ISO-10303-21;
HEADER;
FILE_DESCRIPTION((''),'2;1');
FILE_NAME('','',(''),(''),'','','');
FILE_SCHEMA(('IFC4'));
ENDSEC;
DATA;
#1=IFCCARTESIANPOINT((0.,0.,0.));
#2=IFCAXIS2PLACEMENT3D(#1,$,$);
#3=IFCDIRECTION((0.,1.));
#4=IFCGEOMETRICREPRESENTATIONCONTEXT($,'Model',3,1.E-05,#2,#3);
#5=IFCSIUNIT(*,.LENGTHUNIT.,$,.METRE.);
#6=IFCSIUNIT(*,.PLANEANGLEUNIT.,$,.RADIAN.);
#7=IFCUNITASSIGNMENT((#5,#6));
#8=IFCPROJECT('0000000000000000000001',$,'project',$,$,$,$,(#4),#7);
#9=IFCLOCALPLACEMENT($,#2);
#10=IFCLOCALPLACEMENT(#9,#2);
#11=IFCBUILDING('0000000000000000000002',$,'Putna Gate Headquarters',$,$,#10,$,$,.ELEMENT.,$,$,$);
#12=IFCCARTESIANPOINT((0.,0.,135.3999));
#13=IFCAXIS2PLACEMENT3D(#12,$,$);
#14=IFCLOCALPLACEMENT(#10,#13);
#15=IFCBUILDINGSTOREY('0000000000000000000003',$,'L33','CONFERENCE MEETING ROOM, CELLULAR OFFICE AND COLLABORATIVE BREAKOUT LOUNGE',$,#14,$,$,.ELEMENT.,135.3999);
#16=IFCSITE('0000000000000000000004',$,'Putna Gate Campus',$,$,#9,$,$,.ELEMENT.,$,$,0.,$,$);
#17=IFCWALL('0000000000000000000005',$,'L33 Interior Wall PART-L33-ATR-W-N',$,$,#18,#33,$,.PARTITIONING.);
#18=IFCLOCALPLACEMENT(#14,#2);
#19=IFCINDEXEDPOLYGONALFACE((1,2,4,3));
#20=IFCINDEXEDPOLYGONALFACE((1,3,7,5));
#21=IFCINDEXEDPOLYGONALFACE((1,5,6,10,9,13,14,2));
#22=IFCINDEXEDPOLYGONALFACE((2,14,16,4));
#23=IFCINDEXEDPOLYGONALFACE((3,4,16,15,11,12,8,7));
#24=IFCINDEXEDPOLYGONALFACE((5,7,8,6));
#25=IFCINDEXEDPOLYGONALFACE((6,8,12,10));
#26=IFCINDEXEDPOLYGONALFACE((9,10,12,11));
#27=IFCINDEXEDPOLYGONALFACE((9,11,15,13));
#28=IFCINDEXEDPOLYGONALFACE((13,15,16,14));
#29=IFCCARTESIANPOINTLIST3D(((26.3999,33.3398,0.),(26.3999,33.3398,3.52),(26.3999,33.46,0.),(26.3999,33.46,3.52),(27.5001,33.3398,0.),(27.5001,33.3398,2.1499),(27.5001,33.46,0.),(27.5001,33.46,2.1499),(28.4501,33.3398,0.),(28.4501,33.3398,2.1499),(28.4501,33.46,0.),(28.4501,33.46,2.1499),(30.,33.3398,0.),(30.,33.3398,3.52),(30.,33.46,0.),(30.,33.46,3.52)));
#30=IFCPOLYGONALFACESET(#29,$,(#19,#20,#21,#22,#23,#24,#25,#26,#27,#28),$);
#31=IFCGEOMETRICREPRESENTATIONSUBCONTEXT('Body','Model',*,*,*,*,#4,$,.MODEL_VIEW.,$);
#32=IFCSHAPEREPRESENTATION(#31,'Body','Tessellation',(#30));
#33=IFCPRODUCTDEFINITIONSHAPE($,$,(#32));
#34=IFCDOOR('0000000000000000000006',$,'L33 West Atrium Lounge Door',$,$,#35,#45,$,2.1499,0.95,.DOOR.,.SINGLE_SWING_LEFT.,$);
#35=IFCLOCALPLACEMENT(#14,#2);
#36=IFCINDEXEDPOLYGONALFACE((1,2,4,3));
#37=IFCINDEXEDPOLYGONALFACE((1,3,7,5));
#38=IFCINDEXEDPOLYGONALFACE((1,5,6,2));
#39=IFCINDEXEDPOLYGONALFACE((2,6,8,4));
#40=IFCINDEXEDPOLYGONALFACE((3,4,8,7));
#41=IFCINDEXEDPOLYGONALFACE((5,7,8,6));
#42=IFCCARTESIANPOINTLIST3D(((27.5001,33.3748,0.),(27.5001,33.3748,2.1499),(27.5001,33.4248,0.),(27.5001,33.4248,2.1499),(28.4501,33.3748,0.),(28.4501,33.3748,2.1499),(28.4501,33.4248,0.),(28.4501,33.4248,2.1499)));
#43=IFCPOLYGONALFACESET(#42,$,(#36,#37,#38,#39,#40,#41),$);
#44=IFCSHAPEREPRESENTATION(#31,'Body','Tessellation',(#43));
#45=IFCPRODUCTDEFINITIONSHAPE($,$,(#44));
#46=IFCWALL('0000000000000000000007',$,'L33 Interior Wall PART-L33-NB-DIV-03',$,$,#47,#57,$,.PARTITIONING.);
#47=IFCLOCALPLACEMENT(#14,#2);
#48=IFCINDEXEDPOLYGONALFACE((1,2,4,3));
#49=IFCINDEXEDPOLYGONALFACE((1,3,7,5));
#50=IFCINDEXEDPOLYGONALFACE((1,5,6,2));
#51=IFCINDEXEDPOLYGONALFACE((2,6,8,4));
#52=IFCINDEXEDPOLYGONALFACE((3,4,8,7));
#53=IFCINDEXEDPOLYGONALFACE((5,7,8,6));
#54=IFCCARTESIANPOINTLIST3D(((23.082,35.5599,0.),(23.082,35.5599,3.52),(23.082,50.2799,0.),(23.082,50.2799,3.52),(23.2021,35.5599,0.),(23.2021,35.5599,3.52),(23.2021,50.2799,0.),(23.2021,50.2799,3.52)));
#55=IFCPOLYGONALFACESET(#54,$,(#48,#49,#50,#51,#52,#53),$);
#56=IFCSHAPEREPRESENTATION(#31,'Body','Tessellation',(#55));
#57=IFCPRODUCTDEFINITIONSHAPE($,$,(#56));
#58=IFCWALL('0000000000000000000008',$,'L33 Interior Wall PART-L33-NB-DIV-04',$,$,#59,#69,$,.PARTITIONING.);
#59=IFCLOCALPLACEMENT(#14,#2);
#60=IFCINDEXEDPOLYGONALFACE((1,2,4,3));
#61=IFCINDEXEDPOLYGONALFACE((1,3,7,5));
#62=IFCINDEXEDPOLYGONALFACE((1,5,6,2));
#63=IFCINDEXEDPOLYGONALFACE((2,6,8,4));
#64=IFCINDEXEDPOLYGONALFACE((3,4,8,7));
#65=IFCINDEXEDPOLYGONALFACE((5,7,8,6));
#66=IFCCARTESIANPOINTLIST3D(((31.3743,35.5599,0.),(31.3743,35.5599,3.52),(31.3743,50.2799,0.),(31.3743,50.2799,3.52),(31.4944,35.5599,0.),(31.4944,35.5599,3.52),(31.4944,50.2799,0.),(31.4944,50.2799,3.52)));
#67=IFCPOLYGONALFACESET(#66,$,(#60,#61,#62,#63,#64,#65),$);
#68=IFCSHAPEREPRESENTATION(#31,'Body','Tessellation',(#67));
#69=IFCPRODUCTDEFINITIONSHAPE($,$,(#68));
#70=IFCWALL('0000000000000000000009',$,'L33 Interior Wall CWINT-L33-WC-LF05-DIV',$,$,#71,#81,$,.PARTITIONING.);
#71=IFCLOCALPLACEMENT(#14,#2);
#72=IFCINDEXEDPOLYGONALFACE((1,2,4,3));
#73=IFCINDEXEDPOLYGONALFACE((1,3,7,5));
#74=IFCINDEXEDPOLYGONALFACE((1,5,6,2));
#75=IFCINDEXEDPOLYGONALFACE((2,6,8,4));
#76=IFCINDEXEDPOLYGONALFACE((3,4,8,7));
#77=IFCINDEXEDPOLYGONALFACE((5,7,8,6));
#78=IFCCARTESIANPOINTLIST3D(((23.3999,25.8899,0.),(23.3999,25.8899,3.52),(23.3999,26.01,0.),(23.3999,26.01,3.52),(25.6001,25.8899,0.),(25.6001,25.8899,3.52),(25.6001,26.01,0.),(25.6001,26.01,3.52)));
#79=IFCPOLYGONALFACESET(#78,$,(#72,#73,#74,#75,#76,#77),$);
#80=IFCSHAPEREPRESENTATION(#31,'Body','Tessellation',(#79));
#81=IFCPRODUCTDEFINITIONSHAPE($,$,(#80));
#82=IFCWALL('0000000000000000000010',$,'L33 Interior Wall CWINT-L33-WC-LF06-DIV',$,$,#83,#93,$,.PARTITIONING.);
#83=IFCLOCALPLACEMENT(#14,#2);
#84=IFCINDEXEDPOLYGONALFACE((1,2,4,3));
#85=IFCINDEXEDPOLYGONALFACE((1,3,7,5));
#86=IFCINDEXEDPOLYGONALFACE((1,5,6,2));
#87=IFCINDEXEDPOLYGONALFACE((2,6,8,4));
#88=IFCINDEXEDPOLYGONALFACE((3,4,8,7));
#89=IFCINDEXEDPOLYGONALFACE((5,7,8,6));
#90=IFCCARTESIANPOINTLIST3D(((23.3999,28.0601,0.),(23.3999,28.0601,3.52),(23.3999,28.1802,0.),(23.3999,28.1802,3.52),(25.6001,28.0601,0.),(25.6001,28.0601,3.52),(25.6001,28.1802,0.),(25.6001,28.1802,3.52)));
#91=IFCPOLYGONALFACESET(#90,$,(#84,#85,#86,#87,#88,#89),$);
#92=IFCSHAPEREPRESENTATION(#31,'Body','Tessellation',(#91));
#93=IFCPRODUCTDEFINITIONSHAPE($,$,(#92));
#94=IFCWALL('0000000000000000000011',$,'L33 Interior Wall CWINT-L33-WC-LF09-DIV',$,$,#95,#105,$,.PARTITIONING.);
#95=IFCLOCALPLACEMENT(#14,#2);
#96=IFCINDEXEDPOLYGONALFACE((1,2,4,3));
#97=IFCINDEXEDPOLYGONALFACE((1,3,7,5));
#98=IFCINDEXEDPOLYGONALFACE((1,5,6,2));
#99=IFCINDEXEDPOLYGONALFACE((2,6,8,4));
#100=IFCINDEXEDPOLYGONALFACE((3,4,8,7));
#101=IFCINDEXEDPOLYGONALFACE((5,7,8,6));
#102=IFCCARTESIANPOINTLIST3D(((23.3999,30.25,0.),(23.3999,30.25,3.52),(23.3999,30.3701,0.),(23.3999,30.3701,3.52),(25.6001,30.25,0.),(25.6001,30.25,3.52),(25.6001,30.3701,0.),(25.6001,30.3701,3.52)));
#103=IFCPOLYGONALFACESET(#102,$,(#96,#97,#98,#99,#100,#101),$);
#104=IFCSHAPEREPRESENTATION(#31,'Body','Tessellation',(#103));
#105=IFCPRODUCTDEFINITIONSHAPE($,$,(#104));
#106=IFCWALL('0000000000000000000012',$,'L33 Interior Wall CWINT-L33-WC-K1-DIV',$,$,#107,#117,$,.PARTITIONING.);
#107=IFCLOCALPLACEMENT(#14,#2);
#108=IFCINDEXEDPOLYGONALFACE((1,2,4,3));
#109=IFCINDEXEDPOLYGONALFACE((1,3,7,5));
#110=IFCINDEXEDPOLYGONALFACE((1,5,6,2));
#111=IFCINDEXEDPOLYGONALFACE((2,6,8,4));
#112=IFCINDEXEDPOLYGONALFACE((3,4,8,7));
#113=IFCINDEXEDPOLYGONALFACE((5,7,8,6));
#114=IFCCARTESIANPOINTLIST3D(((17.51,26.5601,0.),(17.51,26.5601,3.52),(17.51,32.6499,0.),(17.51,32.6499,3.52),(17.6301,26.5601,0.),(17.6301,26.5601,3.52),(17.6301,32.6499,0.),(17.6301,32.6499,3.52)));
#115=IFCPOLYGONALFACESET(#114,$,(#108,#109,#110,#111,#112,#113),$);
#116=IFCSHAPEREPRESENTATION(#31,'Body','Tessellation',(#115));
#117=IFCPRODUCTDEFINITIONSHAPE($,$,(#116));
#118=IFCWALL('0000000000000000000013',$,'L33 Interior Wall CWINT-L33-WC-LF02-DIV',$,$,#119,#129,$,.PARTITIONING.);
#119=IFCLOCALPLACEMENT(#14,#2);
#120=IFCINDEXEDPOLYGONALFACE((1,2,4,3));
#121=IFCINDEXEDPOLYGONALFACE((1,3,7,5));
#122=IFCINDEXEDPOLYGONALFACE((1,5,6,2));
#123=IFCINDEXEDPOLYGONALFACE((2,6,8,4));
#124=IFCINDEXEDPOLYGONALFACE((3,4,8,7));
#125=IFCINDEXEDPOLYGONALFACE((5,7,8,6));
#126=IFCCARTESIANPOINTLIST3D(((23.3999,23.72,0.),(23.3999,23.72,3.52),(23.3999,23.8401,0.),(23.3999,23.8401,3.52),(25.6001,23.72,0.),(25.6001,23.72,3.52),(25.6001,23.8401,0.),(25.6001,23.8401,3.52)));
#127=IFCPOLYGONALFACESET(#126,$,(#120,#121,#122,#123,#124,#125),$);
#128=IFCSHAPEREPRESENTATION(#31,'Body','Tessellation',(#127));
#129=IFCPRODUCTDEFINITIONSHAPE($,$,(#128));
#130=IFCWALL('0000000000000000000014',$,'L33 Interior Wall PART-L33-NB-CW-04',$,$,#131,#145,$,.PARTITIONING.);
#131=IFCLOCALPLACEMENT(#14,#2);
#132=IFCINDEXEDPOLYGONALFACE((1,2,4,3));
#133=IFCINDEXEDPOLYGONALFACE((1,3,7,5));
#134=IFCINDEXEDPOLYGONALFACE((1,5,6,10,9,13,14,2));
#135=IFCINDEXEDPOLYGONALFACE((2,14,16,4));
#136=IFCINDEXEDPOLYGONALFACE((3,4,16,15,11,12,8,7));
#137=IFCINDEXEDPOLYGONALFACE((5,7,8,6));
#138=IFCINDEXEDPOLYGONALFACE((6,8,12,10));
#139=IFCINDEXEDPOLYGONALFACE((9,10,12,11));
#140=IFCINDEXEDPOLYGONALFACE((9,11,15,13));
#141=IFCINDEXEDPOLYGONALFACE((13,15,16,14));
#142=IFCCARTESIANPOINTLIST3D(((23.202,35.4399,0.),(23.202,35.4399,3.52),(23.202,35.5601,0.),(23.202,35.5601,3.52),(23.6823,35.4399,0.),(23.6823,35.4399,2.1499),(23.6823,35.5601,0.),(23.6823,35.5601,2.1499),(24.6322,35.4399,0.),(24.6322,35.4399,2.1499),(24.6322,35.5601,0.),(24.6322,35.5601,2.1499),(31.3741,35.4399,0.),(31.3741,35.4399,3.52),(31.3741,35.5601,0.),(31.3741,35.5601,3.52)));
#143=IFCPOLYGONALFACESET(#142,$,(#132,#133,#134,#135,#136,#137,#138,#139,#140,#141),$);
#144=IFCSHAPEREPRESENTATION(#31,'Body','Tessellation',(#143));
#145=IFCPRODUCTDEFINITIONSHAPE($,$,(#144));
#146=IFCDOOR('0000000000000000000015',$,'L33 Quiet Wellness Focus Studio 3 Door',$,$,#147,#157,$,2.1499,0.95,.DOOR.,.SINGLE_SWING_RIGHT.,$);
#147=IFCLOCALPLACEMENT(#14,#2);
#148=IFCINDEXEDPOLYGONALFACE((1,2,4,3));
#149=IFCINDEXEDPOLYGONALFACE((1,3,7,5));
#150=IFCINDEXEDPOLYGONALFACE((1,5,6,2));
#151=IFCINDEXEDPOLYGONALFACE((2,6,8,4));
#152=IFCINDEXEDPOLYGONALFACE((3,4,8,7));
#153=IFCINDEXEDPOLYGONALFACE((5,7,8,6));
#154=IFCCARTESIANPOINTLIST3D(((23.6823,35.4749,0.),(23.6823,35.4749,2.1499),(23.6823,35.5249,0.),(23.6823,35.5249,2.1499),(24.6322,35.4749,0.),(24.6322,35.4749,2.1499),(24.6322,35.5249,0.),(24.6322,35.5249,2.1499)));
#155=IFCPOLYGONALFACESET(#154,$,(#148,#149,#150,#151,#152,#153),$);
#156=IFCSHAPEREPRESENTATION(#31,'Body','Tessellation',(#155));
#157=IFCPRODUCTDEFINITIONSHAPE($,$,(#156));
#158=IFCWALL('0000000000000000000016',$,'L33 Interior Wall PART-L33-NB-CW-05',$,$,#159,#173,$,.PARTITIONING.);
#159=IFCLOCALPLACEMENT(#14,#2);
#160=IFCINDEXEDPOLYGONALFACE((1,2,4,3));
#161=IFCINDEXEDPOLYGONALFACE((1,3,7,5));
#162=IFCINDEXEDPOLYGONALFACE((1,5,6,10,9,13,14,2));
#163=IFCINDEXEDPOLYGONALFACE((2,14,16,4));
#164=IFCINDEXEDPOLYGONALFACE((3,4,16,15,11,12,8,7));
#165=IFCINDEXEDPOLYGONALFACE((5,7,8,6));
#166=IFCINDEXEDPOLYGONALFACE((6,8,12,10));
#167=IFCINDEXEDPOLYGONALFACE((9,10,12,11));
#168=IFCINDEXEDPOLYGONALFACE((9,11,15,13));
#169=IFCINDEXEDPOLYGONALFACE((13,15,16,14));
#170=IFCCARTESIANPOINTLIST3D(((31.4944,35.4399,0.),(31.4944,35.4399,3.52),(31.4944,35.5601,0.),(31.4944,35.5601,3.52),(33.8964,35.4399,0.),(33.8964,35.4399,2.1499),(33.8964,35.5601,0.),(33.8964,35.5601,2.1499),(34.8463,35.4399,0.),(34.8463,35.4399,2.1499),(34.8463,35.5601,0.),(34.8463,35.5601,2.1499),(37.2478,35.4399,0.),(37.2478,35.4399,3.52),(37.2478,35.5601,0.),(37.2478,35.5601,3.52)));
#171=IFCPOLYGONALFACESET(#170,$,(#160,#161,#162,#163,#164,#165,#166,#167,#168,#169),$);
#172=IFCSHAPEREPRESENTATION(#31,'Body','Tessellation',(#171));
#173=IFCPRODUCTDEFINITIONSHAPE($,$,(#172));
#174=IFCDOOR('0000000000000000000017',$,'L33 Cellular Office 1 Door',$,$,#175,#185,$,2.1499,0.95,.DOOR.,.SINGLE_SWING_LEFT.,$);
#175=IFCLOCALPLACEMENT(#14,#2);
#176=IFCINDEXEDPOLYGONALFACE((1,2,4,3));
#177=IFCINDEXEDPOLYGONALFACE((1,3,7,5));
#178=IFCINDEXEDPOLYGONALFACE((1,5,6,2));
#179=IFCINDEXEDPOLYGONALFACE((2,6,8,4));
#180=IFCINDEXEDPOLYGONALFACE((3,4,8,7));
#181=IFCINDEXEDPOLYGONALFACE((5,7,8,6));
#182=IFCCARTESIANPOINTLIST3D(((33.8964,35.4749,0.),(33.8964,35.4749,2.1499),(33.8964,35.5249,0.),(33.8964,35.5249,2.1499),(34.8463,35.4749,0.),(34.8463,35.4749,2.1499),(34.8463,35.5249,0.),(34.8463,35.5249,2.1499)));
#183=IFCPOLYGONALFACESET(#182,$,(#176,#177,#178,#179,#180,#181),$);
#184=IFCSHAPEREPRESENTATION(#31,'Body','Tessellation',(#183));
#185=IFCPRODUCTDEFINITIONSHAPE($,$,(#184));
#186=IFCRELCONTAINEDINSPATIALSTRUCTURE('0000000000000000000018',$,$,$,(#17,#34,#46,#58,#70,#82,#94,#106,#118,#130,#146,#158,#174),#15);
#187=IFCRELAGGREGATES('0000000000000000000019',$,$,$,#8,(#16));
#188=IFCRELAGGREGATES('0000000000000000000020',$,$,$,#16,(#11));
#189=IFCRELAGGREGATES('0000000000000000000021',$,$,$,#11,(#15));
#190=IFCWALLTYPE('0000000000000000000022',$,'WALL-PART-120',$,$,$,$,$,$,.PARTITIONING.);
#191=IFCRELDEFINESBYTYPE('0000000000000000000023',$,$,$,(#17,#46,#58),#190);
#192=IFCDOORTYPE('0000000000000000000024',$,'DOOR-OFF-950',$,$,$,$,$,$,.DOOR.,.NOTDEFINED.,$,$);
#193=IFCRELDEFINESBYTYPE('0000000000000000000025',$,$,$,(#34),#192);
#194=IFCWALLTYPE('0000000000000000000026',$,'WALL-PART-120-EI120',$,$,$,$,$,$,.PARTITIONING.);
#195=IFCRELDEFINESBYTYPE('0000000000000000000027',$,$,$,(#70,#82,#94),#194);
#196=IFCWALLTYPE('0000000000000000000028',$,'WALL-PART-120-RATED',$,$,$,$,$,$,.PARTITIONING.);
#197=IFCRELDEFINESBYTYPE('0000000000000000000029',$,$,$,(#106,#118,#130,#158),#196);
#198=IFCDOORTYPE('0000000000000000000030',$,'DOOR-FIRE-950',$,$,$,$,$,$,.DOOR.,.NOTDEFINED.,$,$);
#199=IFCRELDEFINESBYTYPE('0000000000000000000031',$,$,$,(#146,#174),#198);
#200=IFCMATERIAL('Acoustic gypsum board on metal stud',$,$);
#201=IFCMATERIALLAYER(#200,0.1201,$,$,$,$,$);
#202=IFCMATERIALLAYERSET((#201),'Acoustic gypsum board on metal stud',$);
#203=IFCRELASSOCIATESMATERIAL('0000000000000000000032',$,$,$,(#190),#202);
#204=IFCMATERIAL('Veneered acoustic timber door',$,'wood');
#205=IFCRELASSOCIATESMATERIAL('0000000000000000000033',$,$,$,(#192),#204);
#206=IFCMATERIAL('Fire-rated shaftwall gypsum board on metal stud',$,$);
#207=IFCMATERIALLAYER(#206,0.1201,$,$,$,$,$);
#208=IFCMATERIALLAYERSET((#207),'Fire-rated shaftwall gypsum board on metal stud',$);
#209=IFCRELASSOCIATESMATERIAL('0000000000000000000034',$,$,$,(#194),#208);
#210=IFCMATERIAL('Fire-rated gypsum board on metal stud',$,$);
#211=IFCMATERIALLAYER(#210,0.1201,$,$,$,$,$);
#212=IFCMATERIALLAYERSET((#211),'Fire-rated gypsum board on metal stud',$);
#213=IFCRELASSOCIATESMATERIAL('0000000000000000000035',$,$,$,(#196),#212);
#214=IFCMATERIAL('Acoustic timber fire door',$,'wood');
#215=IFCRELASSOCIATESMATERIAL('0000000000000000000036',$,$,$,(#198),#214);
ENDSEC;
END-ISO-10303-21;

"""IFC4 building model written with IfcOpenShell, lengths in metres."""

from ifc_helpers import new_model, si_unit, direction, frame, frame_2d, origin, place, context, subcontext, project, spatial, rectangle, extrude, material, layer, layer_set, type_object, element, fill, save


model = new_model("IFC4")

# Units and contexts
model_context = context("Model", 3, precision=1e-05, world=origin(), true_north=direction((0.0, 1.0)))
body_context = subcontext(model_context, "Body", "Model", "MODEL_VIEW")
ifc_project = project(units=[si_unit("LENGTHUNIT", "METRE"), si_unit("PLANEANGLEUNIT", "RADIAN")], contexts=[model_context])

# Site, building, storey
site_placement = place(None, origin())
site = spatial("IfcSite", under=ifc_project, at=site_placement, Name="Putna Gate Campus", CompositionType="ELEMENT", RefElevation=0.0)
building_placement = place(site_placement, origin())
building = spatial("IfcBuilding", under=site, at=building_placement, Name="Putna Gate Headquarters", CompositionType="ELEMENT")
storey_placement = place(building_placement, frame((0.0, 0.0, 135.3999)))
storey = spatial("IfcBuildingStorey", under=building, at=storey_placement, Name="L33", Description="CONFERENCE MEETING ROOM, CELLULAR OFFICE AND COLLABORATIVE BREAKOUT LOUNGE", CompositionType="ELEMENT", Elevation=135.3999)

# Wall, opening, door
ifc_material_1 = material(Name="Acoustic gypsum board on metal stud")
ifc_layer_1 = layer(ifc_material_1, 0.1201)
ifc_layer_set_1 = layer_set([ifc_layer_1], Name="Acoustic gypsum board on metal stud")
wall_type_1 = type_object("IfcWallType", Name="WALL-PART-120", PredefinedType="PARTITIONING", material=ifc_layer_set_1)
wall_1_placement = place(storey_placement, frame((26.3999, 33.3999, 0.0), z_axis=(0.0, 0.0, 1.0), x_axis=(1.0, 0.0, 0.0)))
wall_1 = element("IfcWall", 1, at=wall_1_placement, inside=storey, type_object=wall_type_1, Name="L33 Interior Wall PART-L33-ATR-W-N", PredefinedType="PARTITIONING", context=body_context, shape_type="SweptSolid", body=[
    extrude(rectangle(XDim=3.6001, YDim=0.1201, at=frame_2d((1.8, 0.0))), origin(), (0.0, 0.0, 1.0), 3.52),
])
opening_1_placement = place(wall_1_placement, frame((1.1001, 0.0, 0.0)))
opening_1 = element("IfcOpeningElement", 2, at=opening_1_placement, cuts=wall_1, PredefinedType="OPENING", context=body_context, shape_type="SweptSolid", body=[
    extrude(rectangle(XDim=0.95, YDim=2.1499, at=frame_2d((0.4751, 1.075))), frame((0.0, 0.0701, 0.0), z_axis=(0.0, -1.0, 0.0), x_axis=(1.0, 0.0, 0.0)), (0.0, 0.0, 1.0), 0.1401),
])
ifc_material_2 = material(Name="Veneered acoustic timber door", Category="wood")
door_type_1 = type_object("IfcDoorType", Name="DOOR-OFF-950", OperationType="NOTDEFINED", PredefinedType="DOOR", material=ifc_material_2)
door_1_placement = place(opening_1_placement, origin())
door_1 = element("IfcDoor", 3, at=door_1_placement, inside=storey, type_object=door_type_1, Name="L33 West Atrium Lounge Door", OperationType="SINGLE_SWING_LEFT", OverallHeight=2.1499, OverallWidth=0.95, PredefinedType="DOOR", context=body_context, shape_type="SweptSolid", body=[
    extrude(rectangle(XDim=0.95, YDim=2.1499, at=frame_2d((0.4751, 1.075))), frame((0.0, 0.0249, 0.0), z_axis=(0.0, -1.0, 0.0), x_axis=(1.0, 0.0, 0.0)), (0.0, 0.0, 1.0), 0.05),
])
fill(opening_1, door_1)

# Walls
for number, where, z_axis, x_axis, name in (
    (4, (23.1421, 35.5601, 0.0), (0.0, 0.0, 1.0), (0.0, 1.0, 0.0), "L33 Interior Wall PART-L33-NB-DIV-03"),
    (5, (31.4343, 35.5601, 0.0), (0.0, 0.0, 1.0), (0.0, 1.0, 0.0), "L33 Interior Wall PART-L33-NB-DIV-04"),
):
    element("IfcWall", number, at=place(storey_placement, frame(where, z_axis=z_axis, x_axis=x_axis)), inside=storey, type_object=wall_type_1, Name=name, PredefinedType="PARTITIONING", context=body_context, shape_type="SweptSolid", body=[
        extrude(rectangle(XDim=14.72, YDim=0.1201, at=frame_2d((7.3599, 0.0))), origin(), (0.0, 0.0, 1.0), 3.52),
    ])
ifc_material_3 = material(Name="Fire-rated shaftwall gypsum board on metal stud")
ifc_layer_2 = layer(ifc_material_3, 0.1201)
ifc_layer_set_2 = layer_set([ifc_layer_2], Name="Fire-rated shaftwall gypsum board on metal stud")
wall_type_2 = type_object("IfcWallType", Name="WALL-PART-120-EI120", PredefinedType="PARTITIONING", material=ifc_layer_set_2)
for number, where, z_axis, x_axis, name in (
    (6, (23.3999, 25.95, 0.0), (0.0, 0.0, 1.0), (1.0, 0.0, 0.0), "L33 Interior Wall CWINT-L33-WC-LF05-DIV"),
    (7, (23.3999, 28.1201, 0.0), (0.0, 0.0, 1.0), (1.0, 0.0, 0.0), "L33 Interior Wall CWINT-L33-WC-LF06-DIV"),
    (8, (23.3999, 30.3101, 0.0), (0.0, 0.0, 1.0), (1.0, 0.0, 0.0), "L33 Interior Wall CWINT-L33-WC-LF09-DIV"),
):
    element("IfcWall", number, at=place(storey_placement, frame(where, z_axis=z_axis, x_axis=x_axis)), inside=storey, type_object=wall_type_2, Name=name, PredefinedType="PARTITIONING", context=body_context, shape_type="SweptSolid", body=[
        extrude(rectangle(XDim=2.2002, YDim=0.1201, at=frame_2d((1.1001, 0.0))), origin(), (0.0, 0.0, 1.0), 3.52),
    ])
ifc_material_4 = material(Name="Fire-rated gypsum board on metal stud")
ifc_layer_3 = layer(ifc_material_4, 0.1201)
ifc_layer_set_3 = layer_set([ifc_layer_3], Name="Fire-rated gypsum board on metal stud")
wall_type_3 = type_object("IfcWallType", Name="WALL-PART-120-RATED", PredefinedType="PARTITIONING", material=ifc_layer_set_3)
wall_2_placement = place(storey_placement, frame((17.5701, 26.5601, 0.0), z_axis=(0.0, 0.0, 1.0), x_axis=(0.0, 1.0, 0.0)))
element("IfcWall", 9, at=wall_2_placement, inside=storey, type_object=wall_type_3, Name="L33 Interior Wall CWINT-L33-WC-K1-DIV", PredefinedType="PARTITIONING", context=body_context, shape_type="SweptSolid", body=[
    extrude(rectangle(XDim=6.0898, YDim=0.1201, at=frame_2d((3.0449, 0.0))), origin(), (0.0, 0.0, 1.0), 3.52),
])
wall_3_placement = place(storey_placement, frame((23.3999, 23.78, 0.0), z_axis=(0.0, 0.0, 1.0), x_axis=(1.0, 0.0, 0.0)))
element("IfcWall", 10, at=wall_3_placement, inside=storey, type_object=wall_type_3, Name="L33 Interior Wall CWINT-L33-WC-LF02-DIV", PredefinedType="PARTITIONING", context=body_context, shape_type="SweptSolid", body=[
    extrude(rectangle(XDim=2.2002, YDim=0.1201, at=frame_2d((1.1001, 0.0))), origin(), (0.0, 0.0, 1.0), 3.52),
])

# Walls, openings, doors
wall_4_placement = place(storey_placement, frame((23.2021, 35.5, 0.0), z_axis=(0.0, 0.0, 1.0), x_axis=(1.0, 0.0, 0.0)))
wall_4 = element("IfcWall", 11, at=wall_4_placement, inside=storey, type_object=wall_type_3, Name="L33 Interior Wall PART-L33-NB-CW-04", PredefinedType="PARTITIONING", context=body_context, shape_type="SweptSolid", body=[
    extrude(rectangle(XDim=8.1721, YDim=0.1201, at=frame_2d((4.0859, 0.0))), origin(), (0.0, 0.0, 1.0), 3.52),
])
opening_2_placement = place(wall_4_placement, frame((0.48, 0.0, 0.0)))
opening_2 = element("IfcOpeningElement", 12, at=opening_2_placement, cuts=wall_4, PredefinedType="OPENING", context=body_context, shape_type="SweptSolid", body=[
    extrude(rectangle(XDim=0.95, YDim=2.1499, at=frame_2d((0.4751, 1.075))), frame((0.0, 0.0701, 0.0), z_axis=(0.0, -1.0, 0.0), x_axis=(1.0, 0.0, 0.0)), (0.0, 0.0, 1.0), 0.1401),
])
ifc_material_5 = material(Name="Acoustic timber fire door", Category="wood")
door_type_2 = type_object("IfcDoorType", Name="DOOR-FIRE-950", OperationType="NOTDEFINED", PredefinedType="DOOR", material=ifc_material_5)
door_2_placement = place(opening_2_placement, origin())
door_2 = element("IfcDoor", 13, at=door_2_placement, inside=storey, type_object=door_type_2, Name="L33 Quiet Wellness Focus Studio 3 Door", OperationType="SINGLE_SWING_RIGHT", OverallHeight=2.1499, OverallWidth=0.95, PredefinedType="DOOR", context=body_context, shape_type="SweptSolid", body=[
    extrude(rectangle(XDim=0.95, YDim=2.1499, at=frame_2d((0.4751, 1.075))), frame((0.0, 0.0249, 0.0), z_axis=(0.0, -1.0, 0.0), x_axis=(1.0, 0.0, 0.0)), (0.0, 0.0, 1.0), 0.05),
])
fill(opening_2, door_2)
wall_5_placement = place(storey_placement, frame((31.4944, 35.5, 0.0), z_axis=(0.0, 0.0, 1.0), x_axis=(1.0, 0.0, 0.0)))
wall_5 = element("IfcWall", 14, at=wall_5_placement, inside=storey, type_object=wall_type_3, Name="L33 Interior Wall PART-L33-NB-CW-05", PredefinedType="PARTITIONING", context=body_context, shape_type="SweptSolid", body=[
    extrude(rectangle(XDim=5.7534, YDim=0.1201, at=frame_2d((2.8767, 0.0))), origin(), (0.0, 0.0, 1.0), 3.52),
])
opening_3_placement = place(wall_5_placement, frame((2.4019, 0.0, 0.0)))
opening_3 = element("IfcOpeningElement", 15, at=opening_3_placement, cuts=wall_5, PredefinedType="OPENING", context=body_context, shape_type="SweptSolid", body=[
    extrude(rectangle(XDim=0.95, YDim=2.1499, at=frame_2d((0.4751, 1.075))), frame((0.0, 0.0701, 0.0), z_axis=(0.0, -1.0, 0.0), x_axis=(1.0, 0.0, 0.0)), (0.0, 0.0, 1.0), 0.1401),
])
door_3_placement = place(opening_3_placement, origin())
door_3 = element("IfcDoor", 16, at=door_3_placement, inside=storey, type_object=door_type_2, Name="L33 Cellular Office 1 Door", OperationType="SINGLE_SWING_LEFT", OverallHeight=2.1499, OverallWidth=0.95, PredefinedType="DOOR", context=body_context, shape_type="SweptSolid", body=[
    extrude(rectangle(XDim=0.95, YDim=2.1499, at=frame_2d((0.4751, 1.075))), frame((0.0, 0.0249, 0.0), z_axis=(0.0, -1.0, 0.0), x_axis=(1.0, 0.0, 0.0)), (0.0, 0.0, 1.0), 0.05),
])
fill(opening_3, door_3)

save(model, "model.ifc")
